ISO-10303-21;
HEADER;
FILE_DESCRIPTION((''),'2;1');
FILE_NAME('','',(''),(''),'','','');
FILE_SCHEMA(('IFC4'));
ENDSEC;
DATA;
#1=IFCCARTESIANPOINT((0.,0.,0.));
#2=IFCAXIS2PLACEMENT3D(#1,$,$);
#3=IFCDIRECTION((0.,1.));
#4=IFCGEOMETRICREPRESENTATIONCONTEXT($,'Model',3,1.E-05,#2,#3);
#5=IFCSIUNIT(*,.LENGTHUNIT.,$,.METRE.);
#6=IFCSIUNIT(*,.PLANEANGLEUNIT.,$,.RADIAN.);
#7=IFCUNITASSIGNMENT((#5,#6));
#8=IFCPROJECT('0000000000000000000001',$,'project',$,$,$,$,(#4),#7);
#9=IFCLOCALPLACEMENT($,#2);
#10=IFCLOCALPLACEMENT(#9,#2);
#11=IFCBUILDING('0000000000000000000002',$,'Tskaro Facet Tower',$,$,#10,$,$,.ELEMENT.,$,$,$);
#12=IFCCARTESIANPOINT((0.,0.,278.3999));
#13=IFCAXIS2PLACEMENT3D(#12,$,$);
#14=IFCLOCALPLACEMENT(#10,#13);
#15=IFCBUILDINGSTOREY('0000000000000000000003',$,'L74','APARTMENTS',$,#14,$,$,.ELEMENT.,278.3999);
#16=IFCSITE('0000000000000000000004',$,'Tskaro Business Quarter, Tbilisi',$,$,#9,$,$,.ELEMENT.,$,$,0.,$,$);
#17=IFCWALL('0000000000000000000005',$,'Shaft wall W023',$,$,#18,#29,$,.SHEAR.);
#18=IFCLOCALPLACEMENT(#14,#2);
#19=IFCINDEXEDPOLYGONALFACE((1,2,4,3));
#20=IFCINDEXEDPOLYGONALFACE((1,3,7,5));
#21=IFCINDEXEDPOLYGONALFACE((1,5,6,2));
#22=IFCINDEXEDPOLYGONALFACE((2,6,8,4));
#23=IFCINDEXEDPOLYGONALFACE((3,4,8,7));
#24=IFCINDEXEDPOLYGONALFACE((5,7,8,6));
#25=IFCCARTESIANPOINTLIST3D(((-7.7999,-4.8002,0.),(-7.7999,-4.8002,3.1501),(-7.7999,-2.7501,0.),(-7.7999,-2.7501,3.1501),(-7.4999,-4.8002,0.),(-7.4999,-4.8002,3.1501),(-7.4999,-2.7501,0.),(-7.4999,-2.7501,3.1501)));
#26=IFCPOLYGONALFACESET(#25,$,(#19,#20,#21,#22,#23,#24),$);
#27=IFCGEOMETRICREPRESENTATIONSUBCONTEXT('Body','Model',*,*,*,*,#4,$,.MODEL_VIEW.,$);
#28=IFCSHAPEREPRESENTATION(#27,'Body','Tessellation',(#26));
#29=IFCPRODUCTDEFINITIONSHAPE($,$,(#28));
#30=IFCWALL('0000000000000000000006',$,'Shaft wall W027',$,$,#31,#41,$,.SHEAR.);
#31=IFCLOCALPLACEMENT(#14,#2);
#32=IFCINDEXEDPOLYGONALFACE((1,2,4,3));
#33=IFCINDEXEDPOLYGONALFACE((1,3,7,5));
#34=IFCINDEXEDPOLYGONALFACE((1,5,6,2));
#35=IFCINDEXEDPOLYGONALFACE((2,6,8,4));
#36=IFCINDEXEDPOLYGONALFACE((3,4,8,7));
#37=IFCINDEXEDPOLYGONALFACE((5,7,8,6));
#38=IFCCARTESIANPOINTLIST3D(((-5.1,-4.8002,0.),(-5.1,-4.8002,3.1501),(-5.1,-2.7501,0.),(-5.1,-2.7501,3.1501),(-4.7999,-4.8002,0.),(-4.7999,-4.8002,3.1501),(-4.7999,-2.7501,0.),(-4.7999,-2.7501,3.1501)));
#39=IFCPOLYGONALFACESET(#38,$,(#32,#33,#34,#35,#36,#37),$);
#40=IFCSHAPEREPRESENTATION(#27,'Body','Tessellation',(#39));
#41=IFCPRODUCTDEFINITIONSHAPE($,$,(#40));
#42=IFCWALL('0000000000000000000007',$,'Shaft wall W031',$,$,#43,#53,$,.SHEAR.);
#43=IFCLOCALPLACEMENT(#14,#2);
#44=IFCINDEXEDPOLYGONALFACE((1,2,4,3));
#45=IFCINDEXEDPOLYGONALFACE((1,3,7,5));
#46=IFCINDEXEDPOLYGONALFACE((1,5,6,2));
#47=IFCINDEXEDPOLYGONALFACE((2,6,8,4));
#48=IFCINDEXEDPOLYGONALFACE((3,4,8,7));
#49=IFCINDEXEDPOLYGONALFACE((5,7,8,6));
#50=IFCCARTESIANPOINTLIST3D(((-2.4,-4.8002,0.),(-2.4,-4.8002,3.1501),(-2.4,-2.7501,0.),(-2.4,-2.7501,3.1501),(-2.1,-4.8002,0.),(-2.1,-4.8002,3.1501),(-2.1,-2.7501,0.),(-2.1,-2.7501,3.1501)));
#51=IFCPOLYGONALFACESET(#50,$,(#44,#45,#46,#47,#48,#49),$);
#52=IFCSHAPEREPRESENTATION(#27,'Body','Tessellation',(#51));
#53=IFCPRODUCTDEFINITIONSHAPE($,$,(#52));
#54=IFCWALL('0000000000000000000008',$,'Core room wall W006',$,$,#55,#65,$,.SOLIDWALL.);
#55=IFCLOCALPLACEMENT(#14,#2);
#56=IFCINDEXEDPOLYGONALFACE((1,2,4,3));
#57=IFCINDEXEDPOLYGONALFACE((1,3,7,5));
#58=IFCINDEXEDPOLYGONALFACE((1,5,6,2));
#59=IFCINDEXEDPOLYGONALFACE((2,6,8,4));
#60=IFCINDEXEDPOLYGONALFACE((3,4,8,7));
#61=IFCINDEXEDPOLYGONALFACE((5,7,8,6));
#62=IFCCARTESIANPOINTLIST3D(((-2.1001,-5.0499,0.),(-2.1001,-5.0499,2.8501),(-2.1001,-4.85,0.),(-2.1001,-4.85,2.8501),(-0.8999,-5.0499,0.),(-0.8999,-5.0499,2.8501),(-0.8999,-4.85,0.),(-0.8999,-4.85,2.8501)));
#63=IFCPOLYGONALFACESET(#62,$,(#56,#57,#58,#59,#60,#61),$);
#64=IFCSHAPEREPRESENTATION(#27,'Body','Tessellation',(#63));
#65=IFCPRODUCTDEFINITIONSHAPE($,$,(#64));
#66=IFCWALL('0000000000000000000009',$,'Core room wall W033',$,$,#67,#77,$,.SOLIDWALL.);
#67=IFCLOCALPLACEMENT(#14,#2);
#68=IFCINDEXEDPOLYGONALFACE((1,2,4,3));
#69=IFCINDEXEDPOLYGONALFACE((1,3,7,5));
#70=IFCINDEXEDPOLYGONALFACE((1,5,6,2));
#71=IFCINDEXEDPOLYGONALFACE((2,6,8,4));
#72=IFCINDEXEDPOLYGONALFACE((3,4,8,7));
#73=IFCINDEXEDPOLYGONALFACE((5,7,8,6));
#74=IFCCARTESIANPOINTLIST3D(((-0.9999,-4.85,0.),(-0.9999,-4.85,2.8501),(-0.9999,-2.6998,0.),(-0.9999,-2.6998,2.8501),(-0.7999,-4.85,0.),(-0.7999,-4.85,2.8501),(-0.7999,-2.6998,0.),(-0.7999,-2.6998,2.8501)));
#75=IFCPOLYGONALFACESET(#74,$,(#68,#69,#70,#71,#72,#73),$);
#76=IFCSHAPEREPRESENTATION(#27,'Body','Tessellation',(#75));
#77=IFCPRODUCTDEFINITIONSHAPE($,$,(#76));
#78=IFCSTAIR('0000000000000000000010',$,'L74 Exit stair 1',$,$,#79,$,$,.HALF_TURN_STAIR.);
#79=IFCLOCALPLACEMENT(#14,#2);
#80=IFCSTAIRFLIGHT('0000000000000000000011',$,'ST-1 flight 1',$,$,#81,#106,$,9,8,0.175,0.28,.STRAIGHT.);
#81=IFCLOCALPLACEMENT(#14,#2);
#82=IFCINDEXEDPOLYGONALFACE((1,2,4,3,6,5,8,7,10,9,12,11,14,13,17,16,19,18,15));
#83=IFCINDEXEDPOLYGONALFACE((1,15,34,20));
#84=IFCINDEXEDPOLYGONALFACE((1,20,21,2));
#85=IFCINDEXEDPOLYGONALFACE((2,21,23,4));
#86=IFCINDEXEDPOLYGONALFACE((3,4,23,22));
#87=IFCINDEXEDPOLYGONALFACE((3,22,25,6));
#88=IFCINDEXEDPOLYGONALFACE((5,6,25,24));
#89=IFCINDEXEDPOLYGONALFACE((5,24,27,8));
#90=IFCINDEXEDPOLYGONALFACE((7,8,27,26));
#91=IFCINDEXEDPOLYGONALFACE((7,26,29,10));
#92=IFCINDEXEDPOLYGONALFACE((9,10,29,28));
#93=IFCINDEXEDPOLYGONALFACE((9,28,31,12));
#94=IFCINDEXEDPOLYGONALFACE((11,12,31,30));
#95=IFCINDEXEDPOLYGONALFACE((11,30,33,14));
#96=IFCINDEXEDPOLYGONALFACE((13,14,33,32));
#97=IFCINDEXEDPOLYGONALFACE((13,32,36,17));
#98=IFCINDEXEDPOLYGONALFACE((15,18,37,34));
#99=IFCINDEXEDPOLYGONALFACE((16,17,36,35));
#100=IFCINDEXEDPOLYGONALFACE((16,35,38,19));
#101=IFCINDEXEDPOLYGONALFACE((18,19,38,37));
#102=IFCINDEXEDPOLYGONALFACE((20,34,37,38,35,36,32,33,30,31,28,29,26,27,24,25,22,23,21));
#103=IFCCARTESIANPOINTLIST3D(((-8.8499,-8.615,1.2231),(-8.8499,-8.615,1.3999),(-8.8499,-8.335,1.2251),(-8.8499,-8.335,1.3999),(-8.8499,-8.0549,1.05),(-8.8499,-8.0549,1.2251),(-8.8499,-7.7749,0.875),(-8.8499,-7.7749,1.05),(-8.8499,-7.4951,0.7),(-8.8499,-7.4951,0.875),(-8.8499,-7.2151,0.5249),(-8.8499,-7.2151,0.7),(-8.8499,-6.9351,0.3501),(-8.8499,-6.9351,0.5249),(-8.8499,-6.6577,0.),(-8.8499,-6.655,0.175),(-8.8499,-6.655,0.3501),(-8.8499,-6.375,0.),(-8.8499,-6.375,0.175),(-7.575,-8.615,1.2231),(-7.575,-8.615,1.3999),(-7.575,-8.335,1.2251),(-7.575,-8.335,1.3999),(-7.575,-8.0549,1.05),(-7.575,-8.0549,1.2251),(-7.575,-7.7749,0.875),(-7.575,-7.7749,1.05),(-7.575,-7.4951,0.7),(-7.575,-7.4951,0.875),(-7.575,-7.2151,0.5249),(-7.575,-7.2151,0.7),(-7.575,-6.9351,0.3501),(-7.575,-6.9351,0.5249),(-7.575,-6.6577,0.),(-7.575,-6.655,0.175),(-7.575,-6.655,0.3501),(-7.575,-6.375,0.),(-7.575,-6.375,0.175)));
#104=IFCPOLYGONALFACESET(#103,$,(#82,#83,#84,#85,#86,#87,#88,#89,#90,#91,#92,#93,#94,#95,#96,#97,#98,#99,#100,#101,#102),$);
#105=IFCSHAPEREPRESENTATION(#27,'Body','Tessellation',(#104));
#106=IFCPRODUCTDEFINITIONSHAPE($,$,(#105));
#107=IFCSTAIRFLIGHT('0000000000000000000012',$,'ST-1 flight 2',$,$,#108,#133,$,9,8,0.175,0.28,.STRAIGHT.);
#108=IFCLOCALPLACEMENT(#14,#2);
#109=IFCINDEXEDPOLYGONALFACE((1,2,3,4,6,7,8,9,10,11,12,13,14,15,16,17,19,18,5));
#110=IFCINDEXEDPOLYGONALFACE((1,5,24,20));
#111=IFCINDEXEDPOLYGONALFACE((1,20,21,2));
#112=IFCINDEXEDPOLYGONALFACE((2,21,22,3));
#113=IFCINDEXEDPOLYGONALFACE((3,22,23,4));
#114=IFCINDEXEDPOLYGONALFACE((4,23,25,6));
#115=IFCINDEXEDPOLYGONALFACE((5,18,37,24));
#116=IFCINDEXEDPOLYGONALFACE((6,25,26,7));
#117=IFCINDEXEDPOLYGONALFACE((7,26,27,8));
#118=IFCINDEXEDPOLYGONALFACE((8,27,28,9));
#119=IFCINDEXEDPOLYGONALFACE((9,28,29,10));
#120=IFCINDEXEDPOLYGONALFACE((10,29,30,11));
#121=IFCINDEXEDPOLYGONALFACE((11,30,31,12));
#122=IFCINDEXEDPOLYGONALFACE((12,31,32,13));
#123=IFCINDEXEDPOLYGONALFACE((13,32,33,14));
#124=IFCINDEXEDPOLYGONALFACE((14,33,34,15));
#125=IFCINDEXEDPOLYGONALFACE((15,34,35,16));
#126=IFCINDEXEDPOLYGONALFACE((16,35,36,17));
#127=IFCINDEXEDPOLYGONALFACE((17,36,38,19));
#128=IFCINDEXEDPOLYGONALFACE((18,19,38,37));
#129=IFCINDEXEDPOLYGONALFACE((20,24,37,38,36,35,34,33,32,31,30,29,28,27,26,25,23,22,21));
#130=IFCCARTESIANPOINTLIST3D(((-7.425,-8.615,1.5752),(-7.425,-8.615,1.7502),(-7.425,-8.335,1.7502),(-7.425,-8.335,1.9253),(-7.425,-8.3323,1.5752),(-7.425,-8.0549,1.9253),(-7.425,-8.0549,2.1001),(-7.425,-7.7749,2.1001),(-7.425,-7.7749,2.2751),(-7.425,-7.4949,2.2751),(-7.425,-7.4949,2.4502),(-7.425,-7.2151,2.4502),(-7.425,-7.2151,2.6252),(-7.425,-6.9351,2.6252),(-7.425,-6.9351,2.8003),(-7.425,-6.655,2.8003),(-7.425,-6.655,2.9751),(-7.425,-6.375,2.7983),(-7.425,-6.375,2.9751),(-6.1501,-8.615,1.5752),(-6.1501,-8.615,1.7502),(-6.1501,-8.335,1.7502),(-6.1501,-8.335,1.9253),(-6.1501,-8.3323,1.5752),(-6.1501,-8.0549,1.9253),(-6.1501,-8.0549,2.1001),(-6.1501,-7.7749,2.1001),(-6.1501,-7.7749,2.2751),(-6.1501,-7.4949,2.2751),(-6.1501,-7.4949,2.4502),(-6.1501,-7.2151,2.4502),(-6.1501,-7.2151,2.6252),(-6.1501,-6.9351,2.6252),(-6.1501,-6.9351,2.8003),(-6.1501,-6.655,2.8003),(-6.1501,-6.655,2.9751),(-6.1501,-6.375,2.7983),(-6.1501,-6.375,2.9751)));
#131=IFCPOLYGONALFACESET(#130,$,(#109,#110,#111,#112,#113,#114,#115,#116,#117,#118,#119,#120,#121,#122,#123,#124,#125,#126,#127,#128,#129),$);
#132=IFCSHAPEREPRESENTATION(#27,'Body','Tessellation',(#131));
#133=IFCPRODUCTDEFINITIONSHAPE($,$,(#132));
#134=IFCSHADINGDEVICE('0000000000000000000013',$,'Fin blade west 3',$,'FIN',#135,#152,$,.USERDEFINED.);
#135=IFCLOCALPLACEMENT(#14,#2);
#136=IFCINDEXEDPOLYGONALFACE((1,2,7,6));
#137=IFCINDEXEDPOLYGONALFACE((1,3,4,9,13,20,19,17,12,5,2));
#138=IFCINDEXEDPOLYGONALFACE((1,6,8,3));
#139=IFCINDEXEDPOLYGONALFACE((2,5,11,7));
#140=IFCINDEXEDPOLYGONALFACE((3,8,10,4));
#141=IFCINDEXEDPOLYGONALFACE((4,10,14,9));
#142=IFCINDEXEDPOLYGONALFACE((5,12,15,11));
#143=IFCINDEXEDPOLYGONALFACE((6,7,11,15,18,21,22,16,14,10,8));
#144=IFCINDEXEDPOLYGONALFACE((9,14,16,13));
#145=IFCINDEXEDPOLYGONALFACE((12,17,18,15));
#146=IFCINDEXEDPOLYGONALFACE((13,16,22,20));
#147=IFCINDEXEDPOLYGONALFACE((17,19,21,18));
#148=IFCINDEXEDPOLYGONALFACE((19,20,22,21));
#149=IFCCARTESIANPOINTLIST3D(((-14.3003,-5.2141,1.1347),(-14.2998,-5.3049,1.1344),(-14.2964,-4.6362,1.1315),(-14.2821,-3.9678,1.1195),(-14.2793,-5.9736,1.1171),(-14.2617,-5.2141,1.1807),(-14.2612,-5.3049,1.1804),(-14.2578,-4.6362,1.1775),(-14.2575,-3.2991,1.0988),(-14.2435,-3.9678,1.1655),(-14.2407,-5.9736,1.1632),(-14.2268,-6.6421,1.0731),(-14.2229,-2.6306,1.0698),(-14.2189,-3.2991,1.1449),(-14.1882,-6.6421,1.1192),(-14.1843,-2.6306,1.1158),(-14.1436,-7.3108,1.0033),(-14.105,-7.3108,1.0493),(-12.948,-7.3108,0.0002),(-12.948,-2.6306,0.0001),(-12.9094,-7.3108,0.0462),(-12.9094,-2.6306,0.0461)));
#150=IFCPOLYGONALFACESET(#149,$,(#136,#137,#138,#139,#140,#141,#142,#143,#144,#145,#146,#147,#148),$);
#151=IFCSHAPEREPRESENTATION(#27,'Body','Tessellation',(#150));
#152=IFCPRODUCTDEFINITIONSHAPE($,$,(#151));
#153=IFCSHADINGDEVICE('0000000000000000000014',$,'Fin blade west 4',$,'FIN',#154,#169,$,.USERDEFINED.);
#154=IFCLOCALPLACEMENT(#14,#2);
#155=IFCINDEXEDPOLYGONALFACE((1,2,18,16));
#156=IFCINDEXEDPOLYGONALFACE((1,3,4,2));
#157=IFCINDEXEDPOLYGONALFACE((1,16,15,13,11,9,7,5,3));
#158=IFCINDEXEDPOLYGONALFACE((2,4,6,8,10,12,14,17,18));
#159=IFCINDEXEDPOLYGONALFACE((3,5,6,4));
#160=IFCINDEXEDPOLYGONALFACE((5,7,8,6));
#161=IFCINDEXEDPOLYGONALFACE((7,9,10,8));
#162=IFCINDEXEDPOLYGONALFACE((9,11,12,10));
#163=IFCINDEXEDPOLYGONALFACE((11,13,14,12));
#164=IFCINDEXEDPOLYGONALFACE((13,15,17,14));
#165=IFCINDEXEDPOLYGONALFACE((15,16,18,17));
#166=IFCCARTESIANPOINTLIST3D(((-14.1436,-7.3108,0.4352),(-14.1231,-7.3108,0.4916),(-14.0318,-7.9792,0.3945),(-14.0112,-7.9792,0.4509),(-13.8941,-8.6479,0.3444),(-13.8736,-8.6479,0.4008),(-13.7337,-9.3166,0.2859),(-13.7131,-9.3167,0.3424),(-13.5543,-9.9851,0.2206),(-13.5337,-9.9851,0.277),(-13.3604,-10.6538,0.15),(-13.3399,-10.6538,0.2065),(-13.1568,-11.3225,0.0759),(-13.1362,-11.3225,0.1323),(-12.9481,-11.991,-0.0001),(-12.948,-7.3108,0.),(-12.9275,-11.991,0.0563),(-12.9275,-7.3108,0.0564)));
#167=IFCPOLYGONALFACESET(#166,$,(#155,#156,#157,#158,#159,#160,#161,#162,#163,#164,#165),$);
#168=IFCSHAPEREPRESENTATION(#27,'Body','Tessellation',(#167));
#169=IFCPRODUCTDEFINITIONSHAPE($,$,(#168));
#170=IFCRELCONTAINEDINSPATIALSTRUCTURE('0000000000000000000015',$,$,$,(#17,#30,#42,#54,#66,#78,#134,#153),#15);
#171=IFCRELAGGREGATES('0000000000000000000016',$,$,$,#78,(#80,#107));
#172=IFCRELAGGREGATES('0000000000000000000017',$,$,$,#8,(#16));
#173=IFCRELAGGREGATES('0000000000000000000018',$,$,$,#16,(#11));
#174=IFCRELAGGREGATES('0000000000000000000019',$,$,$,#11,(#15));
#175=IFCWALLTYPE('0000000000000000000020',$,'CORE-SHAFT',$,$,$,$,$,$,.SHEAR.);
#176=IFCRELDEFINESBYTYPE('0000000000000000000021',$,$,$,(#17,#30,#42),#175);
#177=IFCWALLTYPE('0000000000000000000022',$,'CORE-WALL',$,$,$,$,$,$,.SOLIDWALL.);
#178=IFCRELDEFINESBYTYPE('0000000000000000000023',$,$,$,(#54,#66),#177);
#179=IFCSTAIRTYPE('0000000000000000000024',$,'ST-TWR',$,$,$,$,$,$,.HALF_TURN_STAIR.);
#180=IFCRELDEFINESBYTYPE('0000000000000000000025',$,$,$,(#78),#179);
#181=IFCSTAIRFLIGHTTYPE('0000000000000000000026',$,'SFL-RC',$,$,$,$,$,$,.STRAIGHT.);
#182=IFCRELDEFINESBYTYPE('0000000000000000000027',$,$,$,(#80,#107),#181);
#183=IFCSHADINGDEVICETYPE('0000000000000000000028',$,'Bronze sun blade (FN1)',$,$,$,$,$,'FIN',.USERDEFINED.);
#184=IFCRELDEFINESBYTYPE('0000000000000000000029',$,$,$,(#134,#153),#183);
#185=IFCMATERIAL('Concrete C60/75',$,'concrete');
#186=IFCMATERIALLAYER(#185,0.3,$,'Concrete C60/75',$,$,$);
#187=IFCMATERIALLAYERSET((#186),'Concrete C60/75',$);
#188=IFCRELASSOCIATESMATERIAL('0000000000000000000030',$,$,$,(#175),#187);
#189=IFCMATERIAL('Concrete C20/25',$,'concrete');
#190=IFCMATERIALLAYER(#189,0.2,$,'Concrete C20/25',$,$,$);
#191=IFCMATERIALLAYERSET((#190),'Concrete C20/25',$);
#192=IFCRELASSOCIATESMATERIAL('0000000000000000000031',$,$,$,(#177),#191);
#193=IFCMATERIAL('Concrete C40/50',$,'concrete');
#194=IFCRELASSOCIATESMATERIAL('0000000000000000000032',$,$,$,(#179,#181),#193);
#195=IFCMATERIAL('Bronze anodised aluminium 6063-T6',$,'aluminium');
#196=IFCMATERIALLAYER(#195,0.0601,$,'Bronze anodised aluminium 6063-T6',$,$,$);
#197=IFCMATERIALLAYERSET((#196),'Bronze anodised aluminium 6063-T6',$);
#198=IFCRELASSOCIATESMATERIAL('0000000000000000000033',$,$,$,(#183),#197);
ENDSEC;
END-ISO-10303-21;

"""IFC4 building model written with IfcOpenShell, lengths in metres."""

from ifc_helpers import new_model, si_unit, direction, frame, frame_2d, origin, place, context, subcontext, project, spatial, polyline, rectangle, outline, extrude, material, layer, layer_set, type_object, element, aggregate, save


model = new_model("IFC4")

# Units and contexts
model_context = context("Model", 3, precision=1e-05, world=origin(), true_north=direction((0.0, 1.0)))
body_context = subcontext(model_context, "Body", "Model", "MODEL_VIEW")
ifc_project = project(units=[si_unit("LENGTHUNIT", "METRE"), si_unit("PLANEANGLEUNIT", "RADIAN")], contexts=[model_context])

# Site, building, storey
site_placement = place(None, origin())
site = spatial("IfcSite", under=ifc_project, at=site_placement, Name="Tskaro Business Quarter, Tbilisi", CompositionType="ELEMENT", RefElevation=0.0)
building_placement = place(site_placement, origin())
building = spatial("IfcBuilding", under=site, at=building_placement, Name="Tskaro Facet Tower", CompositionType="ELEMENT")
storey_placement = place(building_placement, frame((0.0, 0.0, 278.3999)))
storey = spatial("IfcBuildingStorey", under=building, at=storey_placement, Name="L74", Description="APARTMENTS", CompositionType="ELEMENT", Elevation=278.3999)

# Shared definitions
ifc_material_1 = material(Name="Bronze anodised aluminium 6063-T6", Category="aluminium")

# Shared definitions
ifc_material_2 = material(Name="Concrete C60/75", Category="concrete")
ifc_layer_1 = layer(ifc_material_2, 0.3, Name="Concrete C60/75")
ifc_layer_set_1 = layer_set([ifc_layer_1], Name="Concrete C60/75")
wall_type_1 = type_object("IfcWallType", Name="CORE-SHAFT", PredefinedType="SHEAR", material=ifc_layer_set_1)

# Walls
for number, where, z_axis, x_axis, name in (
    (1, (-7.6499, -4.8, 0.0), (0.0, 0.0, 1.0), (0.0, 1.0, 0.0), "Shaft wall W023"),
    (2, (-4.95, -4.8, 0.0), (0.0, 0.0, 1.0), (0.0, 1.0, 0.0), "Shaft wall W027"),
    (3, (-2.25, -4.8, 0.0), (0.0, 0.0, 1.0), (0.0, 1.0, 0.0), "Shaft wall W031"),
):
    element("IfcWall", number, at=place(storey_placement, frame(where, z_axis=z_axis, x_axis=x_axis)), inside=storey, type_object=wall_type_1, Name=name, PredefinedType="SHEAR", context=body_context, shape_type="SweptSolid", body=[
        extrude(rectangle(XDim=2.05, YDim=0.3, at=frame_2d((1.0249, 0.0))), origin(), (0.0, 0.0, 1.0), 3.1501),
    ])
ifc_material_3 = material(Name="Concrete C20/25", Category="concrete")
ifc_layer_2 = layer(ifc_material_3, 0.2, Name="Concrete C20/25")
ifc_layer_set_2 = layer_set([ifc_layer_2], Name="Concrete C20/25")
wall_type_2 = type_object("IfcWallType", Name="CORE-WALL", PredefinedType="SOLIDWALL", material=ifc_layer_set_2)
wall_1_placement = place(storey_placement, frame((-2.1001, -4.95, 0.0), z_axis=(0.0, 0.0, 1.0), x_axis=(1.0, 0.0, 0.0)))
element("IfcWall", 4, at=wall_1_placement, inside=storey, type_object=wall_type_2, Name="Core room wall W006", PredefinedType="SOLIDWALL", context=body_context, shape_type="SweptSolid", body=[
    extrude(rectangle(XDim=1.2002, YDim=0.2, at=frame_2d((0.6001, 0.0))), origin(), (0.0, 0.0, 1.0), 2.8501),
])
wall_2_placement = place(storey_placement, frame((-0.8999, -4.8501, 0.0), z_axis=(0.0, 0.0, 1.0), x_axis=(0.0, 1.0, 0.0)))
element("IfcWall", 5, at=wall_2_placement, inside=storey, type_object=wall_type_2, Name="Core room wall W033", PredefinedType="SOLIDWALL", context=body_context, shape_type="SweptSolid", body=[
    extrude(rectangle(XDim=2.1501, YDim=0.2, at=frame_2d((1.0752, 0.0))), origin(), (0.0, 0.0, 1.0), 2.8501),
])

# Stair, stair flights
ifc_material_4 = material(Name="Concrete C40/50", Category="concrete")
stair_type = type_object("IfcStairType", Name="ST-TWR", PredefinedType="HALF_TURN_STAIR", material=ifc_material_4)
stair_placement = place(storey_placement, origin())
stair = element("IfcStair", 6, at=stair_placement, inside=storey, type_object=stair_type, Name="L74 Exit stair 1", PredefinedType="HALF_TURN_STAIR")
stair_flight_type = type_object("IfcStairFlightType", Name="SFL-RC", PredefinedType="STRAIGHT", material=ifc_material_4)
stair_flight_1_placement = place(storey_placement, frame((-8.2124, -6.375, 0.0), z_axis=(0.0, 0.0, 1.0), x_axis=(0.0, -1.0, 0.0)))
stair_flight_1 = element("IfcStairFlight", 7, at=stair_flight_1_placement, type_object=stair_flight_type, Name="ST-1 flight 1", NumberOfRisers=9, NumberOfTreads=8, PredefinedType="STRAIGHT", RiserHeight=0.175, TreadLength=0.28, context=body_context, shape_type="SweptSolid", body=[
    extrude(outline(polyline([(0.0, 0.0), (0.0, 0.175), (0.28, 0.175), (0.28, 0.3501), (0.5601, 0.3501), (0.5601, 0.5249), (0.8401, 0.5249), (0.8401, 0.7), (1.1201, 0.7), (1.1201, 0.875), (1.3999, 0.875), (1.3999, 1.05), (1.6799, 1.05), (1.6799, 1.2251), (1.96, 1.2251), (1.96, 1.3999), (2.24, 1.3999), (2.24, 1.575), (2.24, 1.2231), (0.2827, 0.0), (0.0, 0.0)])), frame((0.0, 0.6375, 0.0), z_axis=(0.0, -1.0, 0.0), x_axis=(1.0, 0.0, 0.0)), (0.0, 0.0, 1.0), 1.2749),
])
stair_flight_2_placement = place(storey_placement, frame((-6.7876, -8.615, 1.5752), z_axis=(0.0, 0.0, 1.0), x_axis=(0.0, 1.0, 0.0)))
stair_flight_2 = element("IfcStairFlight", 8, at=stair_flight_2_placement, type_object=stair_flight_type, Name="ST-1 flight 2", NumberOfRisers=9, NumberOfTreads=8, PredefinedType="STRAIGHT", RiserHeight=0.175, TreadLength=0.28, context=body_context, shape_type="SweptSolid", body=[
    extrude(outline(polyline([(0.0, 0.0), (0.0, 0.175), (0.28, 0.175), (0.28, 0.3501), (0.5601, 0.3501), (0.5601, 0.5249), (0.8401, 0.5249), (0.8401, 0.7), (1.1201, 0.7), (1.1201, 0.875), (1.3999, 0.875), (1.3999, 1.05), (1.6799, 1.05), (1.6799, 1.2251), (1.96, 1.2251), (1.96, 1.3999), (2.24, 1.3999), (2.24, 1.575), (2.24, 1.2231), (0.2827, 0.0), (0.0, 0.0)])), frame((0.0, 0.6375, 0.0), z_axis=(0.0, -1.0, 0.0), x_axis=(1.0, 0.0, 0.0)), (0.0, 0.0, 1.0), 1.2749),
])
aggregate(stair, [stair_flight_1, stair_flight_2])

# Shading devices
ifc_layer_3 = layer(ifc_material_1, 0.0601, Name="Bronze anodised aluminium 6063-T6")
ifc_layer_set_3 = layer_set([ifc_layer_3], Name="Bronze anodised aluminium 6063-T6")
shading_device_type = type_object("IfcShadingDeviceType", Name="Bronze sun blade (FN1)", ElementType="FIN", PredefinedType="USERDEFINED", material=ifc_layer_set_3)
shading_device_1_placement = place(storey_placement, frame((-12.9094, -2.6306, 0.0461), z_axis=(0.642754, 0.000014, 0.766072), x_axis=(0.000009, -1.0, 0.000011)))
element("IfcShadingDevice", 9, at=shading_device_1_placement, inside=storey, type_object=shading_device_type, Name="Fin blade west 3", ObjectType="FIN", PredefinedType="USERDEFINED", context=body_context, shape_type="SweptSolid", body=[
    extrude(outline(polyline([(0.0, 0.0), (4.6802, 0.0), (4.6802, -1.5607), (4.0115, -1.6693), (3.343, -1.7378), (2.6743, -1.7646), (2.5835, -1.7652), (2.0056, -1.7601), (1.3372, -1.7414), (0.6685, -1.7094), (0.0, -1.6641), (0.0, 0.0)])), origin(), (0.0, 0.0, -1.0), 0.0601),
])
shading_device_2_placement = place(storey_placement, frame((-12.9275, -7.3108, 0.0564), z_axis=(0.342078, -0.000015, 0.939671), x_axis=(-0.000005, -1.0, -0.000014)))
element("IfcShadingDevice", 10, at=shading_device_2_placement, inside=storey, type_object=shading_device_type, Name="Fin blade west 4", ObjectType="FIN", PredefinedType="USERDEFINED", context=body_context, shape_type="SweptSolid", body=[
    extrude(outline(polyline([(0.0, 0.0), (4.6802, 0.0), (4.0117, -0.2221), (3.343, -0.4388), (2.6743, -0.6451), (2.0059, -0.836), (1.3372, -1.0068), (0.6685, -1.1533), (0.0, -1.2723), (0.0, 0.0)])), origin(), (0.0, 0.0, -1.0), 0.0601),
])

save(model, "model.ifc")
